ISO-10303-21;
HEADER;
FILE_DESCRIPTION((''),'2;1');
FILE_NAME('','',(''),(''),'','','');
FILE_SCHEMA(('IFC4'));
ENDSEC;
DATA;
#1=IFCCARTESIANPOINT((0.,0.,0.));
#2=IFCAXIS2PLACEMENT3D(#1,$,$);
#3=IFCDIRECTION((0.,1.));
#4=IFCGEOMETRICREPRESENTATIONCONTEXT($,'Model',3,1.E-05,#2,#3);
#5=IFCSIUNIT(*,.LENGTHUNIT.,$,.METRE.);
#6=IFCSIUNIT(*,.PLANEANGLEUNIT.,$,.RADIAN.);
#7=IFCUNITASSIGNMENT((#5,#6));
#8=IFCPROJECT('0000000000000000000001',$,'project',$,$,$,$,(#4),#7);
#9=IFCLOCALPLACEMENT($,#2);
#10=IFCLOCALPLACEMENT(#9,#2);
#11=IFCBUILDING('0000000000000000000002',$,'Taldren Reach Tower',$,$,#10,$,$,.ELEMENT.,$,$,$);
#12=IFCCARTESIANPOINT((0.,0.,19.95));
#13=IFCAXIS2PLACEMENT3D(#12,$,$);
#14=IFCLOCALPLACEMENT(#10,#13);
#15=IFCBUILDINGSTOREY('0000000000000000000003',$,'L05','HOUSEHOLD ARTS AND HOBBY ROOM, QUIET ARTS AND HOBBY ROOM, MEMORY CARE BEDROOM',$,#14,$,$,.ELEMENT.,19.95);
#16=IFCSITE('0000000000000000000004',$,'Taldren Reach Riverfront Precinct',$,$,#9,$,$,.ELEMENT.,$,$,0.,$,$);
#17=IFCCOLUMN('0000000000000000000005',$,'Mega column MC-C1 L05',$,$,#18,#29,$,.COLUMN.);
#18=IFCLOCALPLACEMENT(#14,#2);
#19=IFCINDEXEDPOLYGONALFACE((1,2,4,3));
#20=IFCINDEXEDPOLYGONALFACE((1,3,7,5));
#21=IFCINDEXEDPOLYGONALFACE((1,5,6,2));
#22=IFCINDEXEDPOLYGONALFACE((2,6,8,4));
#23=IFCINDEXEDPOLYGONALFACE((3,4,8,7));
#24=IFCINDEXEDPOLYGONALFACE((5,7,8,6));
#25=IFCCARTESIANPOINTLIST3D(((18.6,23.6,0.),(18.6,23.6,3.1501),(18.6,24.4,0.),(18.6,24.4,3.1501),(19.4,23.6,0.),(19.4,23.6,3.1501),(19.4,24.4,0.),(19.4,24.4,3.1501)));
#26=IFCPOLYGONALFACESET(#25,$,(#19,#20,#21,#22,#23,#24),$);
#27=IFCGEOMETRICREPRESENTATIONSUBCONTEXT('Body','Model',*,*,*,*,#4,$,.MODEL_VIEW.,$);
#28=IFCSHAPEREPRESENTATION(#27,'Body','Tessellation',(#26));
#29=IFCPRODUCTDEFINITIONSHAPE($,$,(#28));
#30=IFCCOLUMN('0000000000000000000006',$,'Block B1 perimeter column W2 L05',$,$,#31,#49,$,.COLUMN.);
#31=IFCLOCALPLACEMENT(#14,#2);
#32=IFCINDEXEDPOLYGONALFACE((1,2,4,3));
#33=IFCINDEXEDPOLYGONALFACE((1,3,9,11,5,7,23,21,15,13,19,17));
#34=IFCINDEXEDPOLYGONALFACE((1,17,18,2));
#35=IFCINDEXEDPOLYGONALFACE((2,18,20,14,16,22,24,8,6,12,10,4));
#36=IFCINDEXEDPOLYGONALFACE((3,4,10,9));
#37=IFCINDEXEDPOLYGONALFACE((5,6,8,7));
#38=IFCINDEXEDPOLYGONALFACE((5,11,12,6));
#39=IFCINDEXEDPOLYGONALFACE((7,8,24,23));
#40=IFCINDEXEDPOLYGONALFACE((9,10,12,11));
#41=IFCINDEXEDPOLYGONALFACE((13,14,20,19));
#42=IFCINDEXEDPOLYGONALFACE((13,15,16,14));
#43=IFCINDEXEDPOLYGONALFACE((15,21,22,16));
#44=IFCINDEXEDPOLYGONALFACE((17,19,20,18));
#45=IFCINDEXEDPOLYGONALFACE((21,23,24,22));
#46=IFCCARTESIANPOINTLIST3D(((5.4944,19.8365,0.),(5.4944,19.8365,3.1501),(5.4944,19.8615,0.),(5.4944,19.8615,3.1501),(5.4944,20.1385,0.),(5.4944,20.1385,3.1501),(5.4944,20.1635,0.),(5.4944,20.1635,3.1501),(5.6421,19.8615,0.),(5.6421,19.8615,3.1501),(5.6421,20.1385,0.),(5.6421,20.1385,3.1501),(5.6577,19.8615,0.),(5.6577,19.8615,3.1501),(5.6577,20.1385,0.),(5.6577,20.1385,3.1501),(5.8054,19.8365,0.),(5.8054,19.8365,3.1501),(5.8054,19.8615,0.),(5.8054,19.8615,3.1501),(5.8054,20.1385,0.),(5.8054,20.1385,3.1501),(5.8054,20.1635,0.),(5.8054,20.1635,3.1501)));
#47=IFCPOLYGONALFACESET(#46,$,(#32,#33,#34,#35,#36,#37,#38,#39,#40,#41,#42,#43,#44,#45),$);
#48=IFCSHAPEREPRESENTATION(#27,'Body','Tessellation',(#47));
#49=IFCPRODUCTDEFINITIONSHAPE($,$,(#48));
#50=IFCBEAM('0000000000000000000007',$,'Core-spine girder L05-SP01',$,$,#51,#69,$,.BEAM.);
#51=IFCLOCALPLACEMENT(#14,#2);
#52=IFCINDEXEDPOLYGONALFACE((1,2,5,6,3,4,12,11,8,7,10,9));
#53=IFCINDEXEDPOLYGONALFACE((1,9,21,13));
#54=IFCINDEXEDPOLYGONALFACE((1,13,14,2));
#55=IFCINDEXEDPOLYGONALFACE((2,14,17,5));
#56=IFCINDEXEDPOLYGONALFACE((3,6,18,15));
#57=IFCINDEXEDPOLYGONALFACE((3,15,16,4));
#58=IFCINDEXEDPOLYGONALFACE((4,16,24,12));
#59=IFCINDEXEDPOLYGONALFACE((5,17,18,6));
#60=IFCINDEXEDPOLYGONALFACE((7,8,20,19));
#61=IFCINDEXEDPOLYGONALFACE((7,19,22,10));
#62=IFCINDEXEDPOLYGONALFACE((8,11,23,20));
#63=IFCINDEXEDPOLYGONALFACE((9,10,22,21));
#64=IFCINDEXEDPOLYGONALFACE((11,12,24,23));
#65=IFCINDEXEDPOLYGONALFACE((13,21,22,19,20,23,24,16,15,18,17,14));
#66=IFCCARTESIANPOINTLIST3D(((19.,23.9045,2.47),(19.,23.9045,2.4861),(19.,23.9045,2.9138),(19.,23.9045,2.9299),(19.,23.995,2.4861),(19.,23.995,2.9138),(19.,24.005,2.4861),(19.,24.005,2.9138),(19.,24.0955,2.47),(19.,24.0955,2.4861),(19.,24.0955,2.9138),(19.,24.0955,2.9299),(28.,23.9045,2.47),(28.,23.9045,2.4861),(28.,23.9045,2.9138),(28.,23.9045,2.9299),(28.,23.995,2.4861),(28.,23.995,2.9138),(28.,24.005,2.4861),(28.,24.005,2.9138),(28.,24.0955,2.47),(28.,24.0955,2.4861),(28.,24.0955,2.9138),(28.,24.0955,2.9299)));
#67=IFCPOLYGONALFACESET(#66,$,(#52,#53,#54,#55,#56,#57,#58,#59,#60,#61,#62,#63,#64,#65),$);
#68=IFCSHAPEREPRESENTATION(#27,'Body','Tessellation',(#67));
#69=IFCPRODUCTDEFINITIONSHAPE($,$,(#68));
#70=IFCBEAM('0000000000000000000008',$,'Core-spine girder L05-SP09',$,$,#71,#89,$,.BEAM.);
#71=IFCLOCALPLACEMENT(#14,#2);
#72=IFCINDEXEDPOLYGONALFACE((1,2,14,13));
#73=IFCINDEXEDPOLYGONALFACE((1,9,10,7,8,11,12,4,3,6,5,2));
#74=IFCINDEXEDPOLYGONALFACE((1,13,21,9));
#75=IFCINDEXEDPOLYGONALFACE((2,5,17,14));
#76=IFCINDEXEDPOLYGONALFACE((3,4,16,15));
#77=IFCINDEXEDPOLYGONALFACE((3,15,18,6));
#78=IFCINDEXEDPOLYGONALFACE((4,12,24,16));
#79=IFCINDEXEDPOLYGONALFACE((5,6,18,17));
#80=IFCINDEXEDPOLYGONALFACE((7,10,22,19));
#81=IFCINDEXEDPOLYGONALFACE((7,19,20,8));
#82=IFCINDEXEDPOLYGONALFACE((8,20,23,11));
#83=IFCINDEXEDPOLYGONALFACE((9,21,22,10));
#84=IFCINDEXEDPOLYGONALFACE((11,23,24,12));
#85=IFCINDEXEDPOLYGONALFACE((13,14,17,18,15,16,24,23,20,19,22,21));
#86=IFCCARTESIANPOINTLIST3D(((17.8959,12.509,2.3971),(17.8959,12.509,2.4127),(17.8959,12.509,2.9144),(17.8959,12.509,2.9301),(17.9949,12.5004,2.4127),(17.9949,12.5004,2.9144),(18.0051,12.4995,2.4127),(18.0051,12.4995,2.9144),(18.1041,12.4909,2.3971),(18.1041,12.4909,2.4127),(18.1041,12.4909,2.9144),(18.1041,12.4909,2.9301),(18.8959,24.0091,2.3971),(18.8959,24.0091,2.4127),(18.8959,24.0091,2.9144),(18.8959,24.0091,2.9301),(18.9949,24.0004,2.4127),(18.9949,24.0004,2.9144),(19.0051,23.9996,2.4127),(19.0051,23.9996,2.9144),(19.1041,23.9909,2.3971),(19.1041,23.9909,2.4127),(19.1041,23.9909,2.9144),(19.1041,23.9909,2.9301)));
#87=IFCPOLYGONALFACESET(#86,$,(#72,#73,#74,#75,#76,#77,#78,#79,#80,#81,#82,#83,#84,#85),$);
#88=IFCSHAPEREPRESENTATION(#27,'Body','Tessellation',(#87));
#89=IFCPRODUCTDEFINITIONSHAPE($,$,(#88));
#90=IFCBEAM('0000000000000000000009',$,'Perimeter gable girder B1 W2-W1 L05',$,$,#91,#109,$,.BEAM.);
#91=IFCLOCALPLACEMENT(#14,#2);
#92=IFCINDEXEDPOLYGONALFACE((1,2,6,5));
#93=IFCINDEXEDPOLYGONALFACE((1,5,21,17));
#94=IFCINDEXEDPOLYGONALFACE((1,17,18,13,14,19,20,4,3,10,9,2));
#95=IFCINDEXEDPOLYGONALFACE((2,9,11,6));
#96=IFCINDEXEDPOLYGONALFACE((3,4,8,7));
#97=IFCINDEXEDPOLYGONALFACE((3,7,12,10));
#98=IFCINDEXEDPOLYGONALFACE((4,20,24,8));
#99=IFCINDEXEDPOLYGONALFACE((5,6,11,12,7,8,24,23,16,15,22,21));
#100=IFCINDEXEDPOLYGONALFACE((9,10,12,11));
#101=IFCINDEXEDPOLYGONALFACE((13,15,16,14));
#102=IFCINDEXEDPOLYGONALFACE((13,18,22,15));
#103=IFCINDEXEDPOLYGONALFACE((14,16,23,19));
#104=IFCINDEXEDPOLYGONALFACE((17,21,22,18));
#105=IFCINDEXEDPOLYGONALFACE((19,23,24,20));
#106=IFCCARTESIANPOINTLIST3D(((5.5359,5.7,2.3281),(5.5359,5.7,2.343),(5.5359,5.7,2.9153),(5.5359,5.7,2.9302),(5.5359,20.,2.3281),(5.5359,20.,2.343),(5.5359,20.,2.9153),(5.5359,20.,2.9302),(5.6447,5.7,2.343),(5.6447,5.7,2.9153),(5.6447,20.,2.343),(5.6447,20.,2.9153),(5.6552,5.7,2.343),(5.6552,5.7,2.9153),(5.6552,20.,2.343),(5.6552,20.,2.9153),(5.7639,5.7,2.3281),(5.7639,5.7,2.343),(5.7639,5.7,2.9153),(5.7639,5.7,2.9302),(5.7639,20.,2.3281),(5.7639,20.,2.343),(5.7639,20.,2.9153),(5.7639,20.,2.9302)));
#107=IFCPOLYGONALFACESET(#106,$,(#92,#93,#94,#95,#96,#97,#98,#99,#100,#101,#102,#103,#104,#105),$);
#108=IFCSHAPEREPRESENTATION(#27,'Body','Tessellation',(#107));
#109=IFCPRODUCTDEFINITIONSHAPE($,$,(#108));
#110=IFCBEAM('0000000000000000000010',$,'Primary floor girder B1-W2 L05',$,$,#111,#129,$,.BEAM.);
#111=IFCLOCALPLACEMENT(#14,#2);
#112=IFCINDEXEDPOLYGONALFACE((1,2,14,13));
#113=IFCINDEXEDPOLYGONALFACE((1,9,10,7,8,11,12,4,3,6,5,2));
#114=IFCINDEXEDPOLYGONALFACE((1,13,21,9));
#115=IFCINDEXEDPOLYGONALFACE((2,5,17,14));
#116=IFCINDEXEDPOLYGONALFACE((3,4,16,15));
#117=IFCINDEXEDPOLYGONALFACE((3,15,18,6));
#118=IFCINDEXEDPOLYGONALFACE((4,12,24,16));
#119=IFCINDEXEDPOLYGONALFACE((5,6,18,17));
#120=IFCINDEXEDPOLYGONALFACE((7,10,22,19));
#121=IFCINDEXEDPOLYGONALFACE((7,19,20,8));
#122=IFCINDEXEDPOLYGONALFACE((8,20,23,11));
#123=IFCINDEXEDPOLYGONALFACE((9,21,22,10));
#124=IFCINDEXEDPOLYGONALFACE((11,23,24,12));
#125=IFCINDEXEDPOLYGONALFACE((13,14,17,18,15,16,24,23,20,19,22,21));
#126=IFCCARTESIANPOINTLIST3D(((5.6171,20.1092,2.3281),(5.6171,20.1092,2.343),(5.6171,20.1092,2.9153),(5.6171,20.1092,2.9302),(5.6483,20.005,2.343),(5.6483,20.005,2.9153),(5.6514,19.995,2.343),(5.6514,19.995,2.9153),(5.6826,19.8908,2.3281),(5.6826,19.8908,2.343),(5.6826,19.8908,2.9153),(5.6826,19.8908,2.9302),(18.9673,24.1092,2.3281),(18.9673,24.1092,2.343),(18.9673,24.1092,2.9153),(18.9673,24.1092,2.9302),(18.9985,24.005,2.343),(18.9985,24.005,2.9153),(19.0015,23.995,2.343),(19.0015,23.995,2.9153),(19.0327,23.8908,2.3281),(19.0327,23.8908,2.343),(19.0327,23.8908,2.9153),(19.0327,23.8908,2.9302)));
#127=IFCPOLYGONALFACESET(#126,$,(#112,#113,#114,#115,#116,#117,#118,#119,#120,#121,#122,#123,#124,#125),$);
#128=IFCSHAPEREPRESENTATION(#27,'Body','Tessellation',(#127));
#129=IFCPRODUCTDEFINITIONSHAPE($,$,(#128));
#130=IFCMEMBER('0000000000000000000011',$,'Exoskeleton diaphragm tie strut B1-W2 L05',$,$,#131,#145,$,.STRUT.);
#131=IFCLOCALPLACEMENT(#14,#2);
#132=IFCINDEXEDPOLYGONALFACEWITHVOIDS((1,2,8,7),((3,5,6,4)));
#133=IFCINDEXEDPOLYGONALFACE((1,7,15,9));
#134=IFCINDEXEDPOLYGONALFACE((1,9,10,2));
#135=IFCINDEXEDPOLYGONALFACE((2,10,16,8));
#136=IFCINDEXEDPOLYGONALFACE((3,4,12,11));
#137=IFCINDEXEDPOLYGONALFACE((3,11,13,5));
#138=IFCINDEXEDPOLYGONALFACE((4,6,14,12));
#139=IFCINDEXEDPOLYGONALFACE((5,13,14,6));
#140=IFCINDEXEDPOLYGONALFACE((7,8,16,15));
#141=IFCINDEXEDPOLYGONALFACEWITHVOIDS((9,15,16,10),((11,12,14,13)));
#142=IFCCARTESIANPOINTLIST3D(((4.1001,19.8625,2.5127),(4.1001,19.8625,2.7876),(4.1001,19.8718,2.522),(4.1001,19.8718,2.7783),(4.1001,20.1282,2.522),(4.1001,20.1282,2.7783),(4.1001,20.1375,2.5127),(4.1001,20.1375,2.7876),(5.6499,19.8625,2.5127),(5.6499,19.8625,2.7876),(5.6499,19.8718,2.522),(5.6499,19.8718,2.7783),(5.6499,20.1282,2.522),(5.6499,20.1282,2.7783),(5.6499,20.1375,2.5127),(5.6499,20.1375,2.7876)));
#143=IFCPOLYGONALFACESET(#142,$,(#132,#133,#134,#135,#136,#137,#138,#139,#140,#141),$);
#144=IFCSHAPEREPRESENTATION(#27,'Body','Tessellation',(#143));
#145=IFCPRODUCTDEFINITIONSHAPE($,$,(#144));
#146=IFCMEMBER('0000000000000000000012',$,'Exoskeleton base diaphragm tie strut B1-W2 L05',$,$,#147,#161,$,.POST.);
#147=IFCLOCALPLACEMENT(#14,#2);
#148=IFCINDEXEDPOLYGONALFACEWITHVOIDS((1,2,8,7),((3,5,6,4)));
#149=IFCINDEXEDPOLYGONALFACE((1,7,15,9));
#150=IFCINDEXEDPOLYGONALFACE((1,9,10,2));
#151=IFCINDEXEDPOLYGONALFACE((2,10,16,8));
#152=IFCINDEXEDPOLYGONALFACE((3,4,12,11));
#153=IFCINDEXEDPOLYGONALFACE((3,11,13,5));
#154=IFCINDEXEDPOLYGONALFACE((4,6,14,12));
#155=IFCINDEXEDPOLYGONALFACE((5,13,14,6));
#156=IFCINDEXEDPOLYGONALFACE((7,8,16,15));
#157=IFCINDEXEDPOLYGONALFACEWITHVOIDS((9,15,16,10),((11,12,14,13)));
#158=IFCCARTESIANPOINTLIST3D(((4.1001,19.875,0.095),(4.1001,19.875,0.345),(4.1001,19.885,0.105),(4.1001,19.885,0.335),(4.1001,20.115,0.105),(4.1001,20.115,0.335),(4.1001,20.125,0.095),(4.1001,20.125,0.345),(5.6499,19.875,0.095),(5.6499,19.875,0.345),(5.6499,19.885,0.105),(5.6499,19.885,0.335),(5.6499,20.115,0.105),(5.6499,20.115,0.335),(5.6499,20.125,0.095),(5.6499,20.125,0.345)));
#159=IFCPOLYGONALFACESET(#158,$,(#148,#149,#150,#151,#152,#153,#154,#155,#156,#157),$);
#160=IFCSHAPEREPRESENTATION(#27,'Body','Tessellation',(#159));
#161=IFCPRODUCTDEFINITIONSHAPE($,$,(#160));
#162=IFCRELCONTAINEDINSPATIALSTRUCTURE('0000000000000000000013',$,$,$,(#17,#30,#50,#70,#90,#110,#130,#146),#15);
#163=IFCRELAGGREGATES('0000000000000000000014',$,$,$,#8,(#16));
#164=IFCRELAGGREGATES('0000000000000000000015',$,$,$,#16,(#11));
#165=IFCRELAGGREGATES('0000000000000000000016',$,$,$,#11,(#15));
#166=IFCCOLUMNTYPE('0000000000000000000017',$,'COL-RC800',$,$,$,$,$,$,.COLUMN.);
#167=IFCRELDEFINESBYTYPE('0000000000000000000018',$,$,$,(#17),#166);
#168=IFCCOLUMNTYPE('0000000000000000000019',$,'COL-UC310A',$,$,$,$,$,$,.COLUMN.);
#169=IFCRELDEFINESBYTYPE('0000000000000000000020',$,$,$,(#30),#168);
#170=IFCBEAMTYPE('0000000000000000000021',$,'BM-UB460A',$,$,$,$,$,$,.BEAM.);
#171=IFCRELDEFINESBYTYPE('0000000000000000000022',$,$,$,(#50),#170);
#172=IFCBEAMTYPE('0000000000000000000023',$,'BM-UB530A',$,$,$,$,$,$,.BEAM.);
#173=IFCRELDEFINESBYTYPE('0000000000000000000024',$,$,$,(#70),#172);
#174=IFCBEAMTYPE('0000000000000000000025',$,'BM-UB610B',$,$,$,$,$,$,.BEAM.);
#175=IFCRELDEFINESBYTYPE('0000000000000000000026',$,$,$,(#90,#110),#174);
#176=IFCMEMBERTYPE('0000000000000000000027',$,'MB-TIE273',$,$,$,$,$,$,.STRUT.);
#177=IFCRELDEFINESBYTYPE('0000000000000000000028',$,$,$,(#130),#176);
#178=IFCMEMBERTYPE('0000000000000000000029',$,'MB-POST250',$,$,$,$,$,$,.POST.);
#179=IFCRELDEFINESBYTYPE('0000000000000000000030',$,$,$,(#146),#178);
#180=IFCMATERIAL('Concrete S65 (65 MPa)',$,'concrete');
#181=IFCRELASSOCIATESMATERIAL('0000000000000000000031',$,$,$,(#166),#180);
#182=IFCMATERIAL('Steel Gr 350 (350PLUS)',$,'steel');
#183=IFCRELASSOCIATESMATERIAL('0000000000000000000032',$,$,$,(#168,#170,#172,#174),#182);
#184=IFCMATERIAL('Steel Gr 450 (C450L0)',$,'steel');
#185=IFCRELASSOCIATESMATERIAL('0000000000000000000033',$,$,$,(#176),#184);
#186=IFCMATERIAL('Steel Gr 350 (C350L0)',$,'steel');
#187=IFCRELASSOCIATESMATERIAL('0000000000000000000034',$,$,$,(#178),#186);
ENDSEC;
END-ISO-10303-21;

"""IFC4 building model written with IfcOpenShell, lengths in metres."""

from ifc_helpers import new_model, si_unit, direction, frame, origin, origin_2d, place, context, subcontext, project, spatial, rectangle, hollow_rectangle, i_section, extrude, source, transform, mapped, material, material_profile, profile_set, type_object, element, save


model = new_model("IFC4")

# Units and contexts
model_context = context("Model", 3, precision=1e-05, world=origin(), true_north=direction((0.0, 1.0)))
body_context = subcontext(model_context, "Body", "Model", "MODEL_VIEW")
ifc_project = project(units=[si_unit("LENGTHUNIT", "METRE"), si_unit("PLANEANGLEUNIT", "RADIAN")], contexts=[model_context])

# Site, building, storey
site_placement = place(None, origin())
site = spatial("IfcSite", under=ifc_project, at=site_placement, Name="Taldren Reach Riverfront Precinct", CompositionType="ELEMENT", RefElevation=0.0)
building_placement = place(site_placement, origin())
building = spatial("IfcBuilding", under=site, at=building_placement, Name="Taldren Reach Tower", CompositionType="ELEMENT")
storey_placement = place(building_placement, frame((0.0, 0.0, 19.95)))
storey = spatial("IfcBuildingStorey", under=building, at=storey_placement, Name="L05", Description="HOUSEHOLD ARTS AND HOBBY ROOM, QUIET ARTS AND HOBBY ROOM, MEMORY CARE BEDROOM", CompositionType="ELEMENT", Elevation=19.95)

# Columns
ifc_material_1 = material(Name="Concrete S65 (65 MPa)", Category="concrete")
ifc_material_profile_1 = material_profile(ifc_material_1, rectangle(XDim=0.8, YDim=0.8, at=origin_2d()), Name="RC-800x800")
ifc_profile_set_1 = profile_set([ifc_material_profile_1], Name="Concrete S65 (65 MPa)")
column_type_1 = type_object("IfcColumnType", Name="COL-RC800", PredefinedType="COLUMN", material=ifc_profile_set_1)
shared_shape_1 = source(origin(), body_context, "Body", "SweptSolid", [
    extrude(rectangle(XDim=0.8, YDim=0.8, at=origin_2d()), origin(), (0.0, 0.0, 1.0), 3.1501),
])
column_1_placement = place(storey_placement, frame((19.0, 24.0, 0.0), z_axis=(0.0, 0.0, 1.0), x_axis=(1.0, 0.0, 0.0)))
element("IfcColumn", 1, at=column_1_placement, inside=storey, type_object=column_type_1, Name="Mega column MC-C1 L05", PredefinedType="COLUMN", context=body_context, shape_type="MappedRepresentation", body=[
    mapped(shared_shape_1, transform((0.0, 0.0, 0.0), scale=1.0)),
])
ifc_material_2 = material(Name="Steel Gr 350 (350PLUS)", Category="steel")
ifc_material_profile_2 = material_profile(ifc_material_2, i_section(OverallWidth=0.311, OverallDepth=0.3269, WebThickness=0.0156, FlangeThickness=0.0249, at=origin_2d()), Name="310UC158")
ifc_profile_set_2 = profile_set([ifc_material_profile_2], Name="Steel Gr 350 (350PLUS)")
column_type_2 = type_object("IfcColumnType", Name="COL-UC310A", PredefinedType="COLUMN", material=ifc_profile_set_2)
shared_shape_2 = source(origin(), body_context, "Body", "SweptSolid", [
    extrude(i_section(OverallWidth=0.311, OverallDepth=0.3269, WebThickness=0.0156, FlangeThickness=0.0249, at=origin_2d()), origin(), (0.0, 0.0, 1.0), 3.1501),
])
column_2_placement = place(storey_placement, frame((5.6499, 20.0, 0.0), z_axis=(0.0, 0.0, 1.0), x_axis=(1.0, 0.0, 0.0)))
element("IfcColumn", 2, at=column_2_placement, inside=storey, type_object=column_type_2, Name="Block B1 perimeter column W2 L05", PredefinedType="COLUMN", context=body_context, shape_type="MappedRepresentation", body=[
    mapped(shared_shape_2, transform((0.0, 0.0, 0.0), scale=1.0)),
])

# Beams
ifc_material_profile_3 = material_profile(ifc_material_2, i_section(OverallWidth=0.1909, OverallDepth=0.46, WebThickness=0.01, FlangeThickness=0.0161, at=origin_2d()), Name="460UB82.1")
ifc_profile_set_3 = profile_set([ifc_material_profile_3], Name="Steel Gr 350 (350PLUS)")
beam_type_1 = type_object("IfcBeamType", Name="BM-UB460A", PredefinedType="BEAM", material=ifc_profile_set_3)
shared_shape_3 = source(origin(), body_context, "Body", "SweptSolid", [
    extrude(i_section(OverallWidth=0.1909, OverallDepth=0.46, WebThickness=0.01, FlangeThickness=0.0161, at=origin_2d()), origin(), (0.0, 0.0, 1.0), 9.0),
])
beam_1_placement = place(storey_placement, frame((19.0, 24.0, 2.7), z_axis=(1.0, 0.0, 0.0), x_axis=(0.0, 1.0, 0.0)))
element("IfcBeam", 3, at=beam_1_placement, inside=storey, type_object=beam_type_1, Name="Core-spine girder L05-SP01", PredefinedType="BEAM", context=body_context, shape_type="MappedRepresentation", body=[
    mapped(shared_shape_3, transform((0.0, 0.0, 0.0), scale=1.0)),
])
ifc_material_profile_4 = material_profile(ifc_material_2, i_section(OverallWidth=0.209, OverallDepth=0.533, WebThickness=0.0103, FlangeThickness=0.0156, at=origin_2d()), Name="530UB92.4")
ifc_profile_set_4 = profile_set([ifc_material_profile_4], Name="Steel Gr 350 (350PLUS)")
beam_type_2 = type_object("IfcBeamType", Name="BM-UB530A", PredefinedType="BEAM", material=ifc_profile_set_4)
shared_shape_4 = source(origin(), body_context, "Body", "SweptSolid", [
    extrude(i_section(OverallWidth=0.209, OverallDepth=0.533, WebThickness=0.0103, FlangeThickness=0.0156, at=origin_2d()), origin(), (0.0, 0.0, 1.0), 11.5435),
])
beam_2_placement = place(storey_placement, frame((19.0, 24.0, 2.6636), z_axis=(-0.08663, -0.996241, 0.0), x_axis=(0.996241, -0.08663, 0.0)))
element("IfcBeam", 4, at=beam_2_placement, inside=storey, type_object=beam_type_2, Name="Core-spine girder L05-SP09", PredefinedType="BEAM", context=body_context, shape_type="MappedRepresentation", body=[
    mapped(shared_shape_4, transform((0.0, 0.0, 0.0), scale=1.0)),
])
ifc_material_profile_5 = material_profile(ifc_material_2, i_section(OverallWidth=0.228, OverallDepth=0.6021, WebThickness=0.0105, FlangeThickness=0.0149, at=origin_2d()), Name="610UB101")
ifc_profile_set_5 = profile_set([ifc_material_profile_5], Name="Steel Gr 350 (350PLUS)")
beam_type_3 = type_object("IfcBeamType", Name="BM-UB610B", PredefinedType="BEAM", material=ifc_profile_set_5)
shared_shape_5 = source(origin(), body_context, "Body", "SweptSolid", [
    extrude(i_section(OverallWidth=0.228, OverallDepth=0.6021, WebThickness=0.0105, FlangeThickness=0.0149, at=origin_2d()), origin(), (0.0, 0.0, 1.0), 14.3),
])
beam_3_placement = place(storey_placement, frame((5.6499, 20.0, 2.6292), z_axis=(0.0, -1.0, 0.0), x_axis=(1.0, 0.0, 0.0)))
element("IfcBeam", 5, at=beam_3_placement, inside=storey, type_object=beam_type_3, Name="Perimeter gable girder B1 W2-W1 L05", PredefinedType="BEAM", context=body_context, shape_type="MappedRepresentation", body=[
    mapped(shared_shape_5, transform((0.0, 0.0, 0.0), scale=1.0)),
])
shared_shape_6 = source(origin(), body_context, "Body", "SweptSolid", [
    extrude(i_section(OverallWidth=0.228, OverallDepth=0.6021, WebThickness=0.0105, FlangeThickness=0.0149, at=origin_2d()), origin(), (0.0, 0.0, 1.0), 13.9365),
])
beam_4_placement = place(storey_placement, frame((19.0, 24.0, 2.6292), z_axis=(-0.957926, -0.287017, 0.0), x_axis=(0.287017, -0.957926, 0.0)))
element("IfcBeam", 6, at=beam_4_placement, inside=storey, type_object=beam_type_3, Name="Primary floor girder B1-W2 L05", PredefinedType="BEAM", context=body_context, shape_type="MappedRepresentation", body=[
    mapped(shared_shape_6, transform((0.0, 0.0, 0.0), scale=1.0)),
])

# Members
ifc_material_3 = material(Name="Steel Gr 450 (C450L0)", Category="steel")
ifc_material_profile_6 = material_profile(ifc_material_3, hollow_rectangle(XDim=0.2749, YDim=0.2749, WallThickness=0.0093, at=origin_2d()), Name="275x275x9.3SHS")
ifc_profile_set_6 = profile_set([ifc_material_profile_6], Name="Steel Gr 450 (C450L0)")
member_type_1 = type_object("IfcMemberType", Name="MB-TIE273", PredefinedType="STRUT", material=ifc_profile_set_6)
shared_shape_7 = source(origin(), body_context, "Body", "SweptSolid", [
    extrude(hollow_rectangle(XDim=0.2749, YDim=0.2749, WallThickness=0.0093, at=origin_2d()), origin(), (0.0, 0.0, 1.0), 1.5498),
])
member_1_placement = place(storey_placement, frame((5.6499, 20.0, 2.6501), z_axis=(-1.0, 0.0, 0.0), x_axis=(0.0, -1.0, 0.0)))
element("IfcMember", 7, at=member_1_placement, inside=storey, type_object=member_type_1, Name="Exoskeleton diaphragm tie strut B1-W2 L05", PredefinedType="STRUT", context=body_context, shape_type="MappedRepresentation", body=[
    mapped(shared_shape_7, transform((0.0, 0.0, 0.0), scale=1.0)),
])
ifc_material_4 = material(Name="Steel Gr 350 (C350L0)", Category="steel")
ifc_material_profile_7 = material_profile(ifc_material_4, hollow_rectangle(XDim=0.25, YDim=0.25, WallThickness=0.01, at=origin_2d()), Name="250x250x10.0SHS")
ifc_profile_set_7 = profile_set([ifc_material_profile_7], Name="Steel Gr 350 (C350L0)")
member_type_2 = type_object("IfcMemberType", Name="MB-POST250", PredefinedType="POST", material=ifc_profile_set_7)
shared_shape_8 = source(origin(), body_context, "Body", "SweptSolid", [
    extrude(hollow_rectangle(XDim=0.25, YDim=0.25, WallThickness=0.01, at=origin_2d()), origin(), (0.0, 0.0, 1.0), 1.5498),
])
for number, where, z_axis, x_axis, name in (
    (8, (5.6499, 20.0, 0.22), (-1.0, 0.0, 0.0), (0.0, -1.0, 0.0), "Exoskeleton base diaphragm tie strut B1-W2 L05"),
):
    element("IfcMember", number, at=place(storey_placement, frame(where, z_axis=z_axis, x_axis=x_axis)), inside=storey, type_object=member_type_2, Name=name, PredefinedType="POST", context=body_context, shape_type="MappedRepresentation", body=[
        mapped(shared_shape_8, transform((0.0, 0.0, 0.0), scale=1.0)),
    ])

save(model, "model.ifc")
